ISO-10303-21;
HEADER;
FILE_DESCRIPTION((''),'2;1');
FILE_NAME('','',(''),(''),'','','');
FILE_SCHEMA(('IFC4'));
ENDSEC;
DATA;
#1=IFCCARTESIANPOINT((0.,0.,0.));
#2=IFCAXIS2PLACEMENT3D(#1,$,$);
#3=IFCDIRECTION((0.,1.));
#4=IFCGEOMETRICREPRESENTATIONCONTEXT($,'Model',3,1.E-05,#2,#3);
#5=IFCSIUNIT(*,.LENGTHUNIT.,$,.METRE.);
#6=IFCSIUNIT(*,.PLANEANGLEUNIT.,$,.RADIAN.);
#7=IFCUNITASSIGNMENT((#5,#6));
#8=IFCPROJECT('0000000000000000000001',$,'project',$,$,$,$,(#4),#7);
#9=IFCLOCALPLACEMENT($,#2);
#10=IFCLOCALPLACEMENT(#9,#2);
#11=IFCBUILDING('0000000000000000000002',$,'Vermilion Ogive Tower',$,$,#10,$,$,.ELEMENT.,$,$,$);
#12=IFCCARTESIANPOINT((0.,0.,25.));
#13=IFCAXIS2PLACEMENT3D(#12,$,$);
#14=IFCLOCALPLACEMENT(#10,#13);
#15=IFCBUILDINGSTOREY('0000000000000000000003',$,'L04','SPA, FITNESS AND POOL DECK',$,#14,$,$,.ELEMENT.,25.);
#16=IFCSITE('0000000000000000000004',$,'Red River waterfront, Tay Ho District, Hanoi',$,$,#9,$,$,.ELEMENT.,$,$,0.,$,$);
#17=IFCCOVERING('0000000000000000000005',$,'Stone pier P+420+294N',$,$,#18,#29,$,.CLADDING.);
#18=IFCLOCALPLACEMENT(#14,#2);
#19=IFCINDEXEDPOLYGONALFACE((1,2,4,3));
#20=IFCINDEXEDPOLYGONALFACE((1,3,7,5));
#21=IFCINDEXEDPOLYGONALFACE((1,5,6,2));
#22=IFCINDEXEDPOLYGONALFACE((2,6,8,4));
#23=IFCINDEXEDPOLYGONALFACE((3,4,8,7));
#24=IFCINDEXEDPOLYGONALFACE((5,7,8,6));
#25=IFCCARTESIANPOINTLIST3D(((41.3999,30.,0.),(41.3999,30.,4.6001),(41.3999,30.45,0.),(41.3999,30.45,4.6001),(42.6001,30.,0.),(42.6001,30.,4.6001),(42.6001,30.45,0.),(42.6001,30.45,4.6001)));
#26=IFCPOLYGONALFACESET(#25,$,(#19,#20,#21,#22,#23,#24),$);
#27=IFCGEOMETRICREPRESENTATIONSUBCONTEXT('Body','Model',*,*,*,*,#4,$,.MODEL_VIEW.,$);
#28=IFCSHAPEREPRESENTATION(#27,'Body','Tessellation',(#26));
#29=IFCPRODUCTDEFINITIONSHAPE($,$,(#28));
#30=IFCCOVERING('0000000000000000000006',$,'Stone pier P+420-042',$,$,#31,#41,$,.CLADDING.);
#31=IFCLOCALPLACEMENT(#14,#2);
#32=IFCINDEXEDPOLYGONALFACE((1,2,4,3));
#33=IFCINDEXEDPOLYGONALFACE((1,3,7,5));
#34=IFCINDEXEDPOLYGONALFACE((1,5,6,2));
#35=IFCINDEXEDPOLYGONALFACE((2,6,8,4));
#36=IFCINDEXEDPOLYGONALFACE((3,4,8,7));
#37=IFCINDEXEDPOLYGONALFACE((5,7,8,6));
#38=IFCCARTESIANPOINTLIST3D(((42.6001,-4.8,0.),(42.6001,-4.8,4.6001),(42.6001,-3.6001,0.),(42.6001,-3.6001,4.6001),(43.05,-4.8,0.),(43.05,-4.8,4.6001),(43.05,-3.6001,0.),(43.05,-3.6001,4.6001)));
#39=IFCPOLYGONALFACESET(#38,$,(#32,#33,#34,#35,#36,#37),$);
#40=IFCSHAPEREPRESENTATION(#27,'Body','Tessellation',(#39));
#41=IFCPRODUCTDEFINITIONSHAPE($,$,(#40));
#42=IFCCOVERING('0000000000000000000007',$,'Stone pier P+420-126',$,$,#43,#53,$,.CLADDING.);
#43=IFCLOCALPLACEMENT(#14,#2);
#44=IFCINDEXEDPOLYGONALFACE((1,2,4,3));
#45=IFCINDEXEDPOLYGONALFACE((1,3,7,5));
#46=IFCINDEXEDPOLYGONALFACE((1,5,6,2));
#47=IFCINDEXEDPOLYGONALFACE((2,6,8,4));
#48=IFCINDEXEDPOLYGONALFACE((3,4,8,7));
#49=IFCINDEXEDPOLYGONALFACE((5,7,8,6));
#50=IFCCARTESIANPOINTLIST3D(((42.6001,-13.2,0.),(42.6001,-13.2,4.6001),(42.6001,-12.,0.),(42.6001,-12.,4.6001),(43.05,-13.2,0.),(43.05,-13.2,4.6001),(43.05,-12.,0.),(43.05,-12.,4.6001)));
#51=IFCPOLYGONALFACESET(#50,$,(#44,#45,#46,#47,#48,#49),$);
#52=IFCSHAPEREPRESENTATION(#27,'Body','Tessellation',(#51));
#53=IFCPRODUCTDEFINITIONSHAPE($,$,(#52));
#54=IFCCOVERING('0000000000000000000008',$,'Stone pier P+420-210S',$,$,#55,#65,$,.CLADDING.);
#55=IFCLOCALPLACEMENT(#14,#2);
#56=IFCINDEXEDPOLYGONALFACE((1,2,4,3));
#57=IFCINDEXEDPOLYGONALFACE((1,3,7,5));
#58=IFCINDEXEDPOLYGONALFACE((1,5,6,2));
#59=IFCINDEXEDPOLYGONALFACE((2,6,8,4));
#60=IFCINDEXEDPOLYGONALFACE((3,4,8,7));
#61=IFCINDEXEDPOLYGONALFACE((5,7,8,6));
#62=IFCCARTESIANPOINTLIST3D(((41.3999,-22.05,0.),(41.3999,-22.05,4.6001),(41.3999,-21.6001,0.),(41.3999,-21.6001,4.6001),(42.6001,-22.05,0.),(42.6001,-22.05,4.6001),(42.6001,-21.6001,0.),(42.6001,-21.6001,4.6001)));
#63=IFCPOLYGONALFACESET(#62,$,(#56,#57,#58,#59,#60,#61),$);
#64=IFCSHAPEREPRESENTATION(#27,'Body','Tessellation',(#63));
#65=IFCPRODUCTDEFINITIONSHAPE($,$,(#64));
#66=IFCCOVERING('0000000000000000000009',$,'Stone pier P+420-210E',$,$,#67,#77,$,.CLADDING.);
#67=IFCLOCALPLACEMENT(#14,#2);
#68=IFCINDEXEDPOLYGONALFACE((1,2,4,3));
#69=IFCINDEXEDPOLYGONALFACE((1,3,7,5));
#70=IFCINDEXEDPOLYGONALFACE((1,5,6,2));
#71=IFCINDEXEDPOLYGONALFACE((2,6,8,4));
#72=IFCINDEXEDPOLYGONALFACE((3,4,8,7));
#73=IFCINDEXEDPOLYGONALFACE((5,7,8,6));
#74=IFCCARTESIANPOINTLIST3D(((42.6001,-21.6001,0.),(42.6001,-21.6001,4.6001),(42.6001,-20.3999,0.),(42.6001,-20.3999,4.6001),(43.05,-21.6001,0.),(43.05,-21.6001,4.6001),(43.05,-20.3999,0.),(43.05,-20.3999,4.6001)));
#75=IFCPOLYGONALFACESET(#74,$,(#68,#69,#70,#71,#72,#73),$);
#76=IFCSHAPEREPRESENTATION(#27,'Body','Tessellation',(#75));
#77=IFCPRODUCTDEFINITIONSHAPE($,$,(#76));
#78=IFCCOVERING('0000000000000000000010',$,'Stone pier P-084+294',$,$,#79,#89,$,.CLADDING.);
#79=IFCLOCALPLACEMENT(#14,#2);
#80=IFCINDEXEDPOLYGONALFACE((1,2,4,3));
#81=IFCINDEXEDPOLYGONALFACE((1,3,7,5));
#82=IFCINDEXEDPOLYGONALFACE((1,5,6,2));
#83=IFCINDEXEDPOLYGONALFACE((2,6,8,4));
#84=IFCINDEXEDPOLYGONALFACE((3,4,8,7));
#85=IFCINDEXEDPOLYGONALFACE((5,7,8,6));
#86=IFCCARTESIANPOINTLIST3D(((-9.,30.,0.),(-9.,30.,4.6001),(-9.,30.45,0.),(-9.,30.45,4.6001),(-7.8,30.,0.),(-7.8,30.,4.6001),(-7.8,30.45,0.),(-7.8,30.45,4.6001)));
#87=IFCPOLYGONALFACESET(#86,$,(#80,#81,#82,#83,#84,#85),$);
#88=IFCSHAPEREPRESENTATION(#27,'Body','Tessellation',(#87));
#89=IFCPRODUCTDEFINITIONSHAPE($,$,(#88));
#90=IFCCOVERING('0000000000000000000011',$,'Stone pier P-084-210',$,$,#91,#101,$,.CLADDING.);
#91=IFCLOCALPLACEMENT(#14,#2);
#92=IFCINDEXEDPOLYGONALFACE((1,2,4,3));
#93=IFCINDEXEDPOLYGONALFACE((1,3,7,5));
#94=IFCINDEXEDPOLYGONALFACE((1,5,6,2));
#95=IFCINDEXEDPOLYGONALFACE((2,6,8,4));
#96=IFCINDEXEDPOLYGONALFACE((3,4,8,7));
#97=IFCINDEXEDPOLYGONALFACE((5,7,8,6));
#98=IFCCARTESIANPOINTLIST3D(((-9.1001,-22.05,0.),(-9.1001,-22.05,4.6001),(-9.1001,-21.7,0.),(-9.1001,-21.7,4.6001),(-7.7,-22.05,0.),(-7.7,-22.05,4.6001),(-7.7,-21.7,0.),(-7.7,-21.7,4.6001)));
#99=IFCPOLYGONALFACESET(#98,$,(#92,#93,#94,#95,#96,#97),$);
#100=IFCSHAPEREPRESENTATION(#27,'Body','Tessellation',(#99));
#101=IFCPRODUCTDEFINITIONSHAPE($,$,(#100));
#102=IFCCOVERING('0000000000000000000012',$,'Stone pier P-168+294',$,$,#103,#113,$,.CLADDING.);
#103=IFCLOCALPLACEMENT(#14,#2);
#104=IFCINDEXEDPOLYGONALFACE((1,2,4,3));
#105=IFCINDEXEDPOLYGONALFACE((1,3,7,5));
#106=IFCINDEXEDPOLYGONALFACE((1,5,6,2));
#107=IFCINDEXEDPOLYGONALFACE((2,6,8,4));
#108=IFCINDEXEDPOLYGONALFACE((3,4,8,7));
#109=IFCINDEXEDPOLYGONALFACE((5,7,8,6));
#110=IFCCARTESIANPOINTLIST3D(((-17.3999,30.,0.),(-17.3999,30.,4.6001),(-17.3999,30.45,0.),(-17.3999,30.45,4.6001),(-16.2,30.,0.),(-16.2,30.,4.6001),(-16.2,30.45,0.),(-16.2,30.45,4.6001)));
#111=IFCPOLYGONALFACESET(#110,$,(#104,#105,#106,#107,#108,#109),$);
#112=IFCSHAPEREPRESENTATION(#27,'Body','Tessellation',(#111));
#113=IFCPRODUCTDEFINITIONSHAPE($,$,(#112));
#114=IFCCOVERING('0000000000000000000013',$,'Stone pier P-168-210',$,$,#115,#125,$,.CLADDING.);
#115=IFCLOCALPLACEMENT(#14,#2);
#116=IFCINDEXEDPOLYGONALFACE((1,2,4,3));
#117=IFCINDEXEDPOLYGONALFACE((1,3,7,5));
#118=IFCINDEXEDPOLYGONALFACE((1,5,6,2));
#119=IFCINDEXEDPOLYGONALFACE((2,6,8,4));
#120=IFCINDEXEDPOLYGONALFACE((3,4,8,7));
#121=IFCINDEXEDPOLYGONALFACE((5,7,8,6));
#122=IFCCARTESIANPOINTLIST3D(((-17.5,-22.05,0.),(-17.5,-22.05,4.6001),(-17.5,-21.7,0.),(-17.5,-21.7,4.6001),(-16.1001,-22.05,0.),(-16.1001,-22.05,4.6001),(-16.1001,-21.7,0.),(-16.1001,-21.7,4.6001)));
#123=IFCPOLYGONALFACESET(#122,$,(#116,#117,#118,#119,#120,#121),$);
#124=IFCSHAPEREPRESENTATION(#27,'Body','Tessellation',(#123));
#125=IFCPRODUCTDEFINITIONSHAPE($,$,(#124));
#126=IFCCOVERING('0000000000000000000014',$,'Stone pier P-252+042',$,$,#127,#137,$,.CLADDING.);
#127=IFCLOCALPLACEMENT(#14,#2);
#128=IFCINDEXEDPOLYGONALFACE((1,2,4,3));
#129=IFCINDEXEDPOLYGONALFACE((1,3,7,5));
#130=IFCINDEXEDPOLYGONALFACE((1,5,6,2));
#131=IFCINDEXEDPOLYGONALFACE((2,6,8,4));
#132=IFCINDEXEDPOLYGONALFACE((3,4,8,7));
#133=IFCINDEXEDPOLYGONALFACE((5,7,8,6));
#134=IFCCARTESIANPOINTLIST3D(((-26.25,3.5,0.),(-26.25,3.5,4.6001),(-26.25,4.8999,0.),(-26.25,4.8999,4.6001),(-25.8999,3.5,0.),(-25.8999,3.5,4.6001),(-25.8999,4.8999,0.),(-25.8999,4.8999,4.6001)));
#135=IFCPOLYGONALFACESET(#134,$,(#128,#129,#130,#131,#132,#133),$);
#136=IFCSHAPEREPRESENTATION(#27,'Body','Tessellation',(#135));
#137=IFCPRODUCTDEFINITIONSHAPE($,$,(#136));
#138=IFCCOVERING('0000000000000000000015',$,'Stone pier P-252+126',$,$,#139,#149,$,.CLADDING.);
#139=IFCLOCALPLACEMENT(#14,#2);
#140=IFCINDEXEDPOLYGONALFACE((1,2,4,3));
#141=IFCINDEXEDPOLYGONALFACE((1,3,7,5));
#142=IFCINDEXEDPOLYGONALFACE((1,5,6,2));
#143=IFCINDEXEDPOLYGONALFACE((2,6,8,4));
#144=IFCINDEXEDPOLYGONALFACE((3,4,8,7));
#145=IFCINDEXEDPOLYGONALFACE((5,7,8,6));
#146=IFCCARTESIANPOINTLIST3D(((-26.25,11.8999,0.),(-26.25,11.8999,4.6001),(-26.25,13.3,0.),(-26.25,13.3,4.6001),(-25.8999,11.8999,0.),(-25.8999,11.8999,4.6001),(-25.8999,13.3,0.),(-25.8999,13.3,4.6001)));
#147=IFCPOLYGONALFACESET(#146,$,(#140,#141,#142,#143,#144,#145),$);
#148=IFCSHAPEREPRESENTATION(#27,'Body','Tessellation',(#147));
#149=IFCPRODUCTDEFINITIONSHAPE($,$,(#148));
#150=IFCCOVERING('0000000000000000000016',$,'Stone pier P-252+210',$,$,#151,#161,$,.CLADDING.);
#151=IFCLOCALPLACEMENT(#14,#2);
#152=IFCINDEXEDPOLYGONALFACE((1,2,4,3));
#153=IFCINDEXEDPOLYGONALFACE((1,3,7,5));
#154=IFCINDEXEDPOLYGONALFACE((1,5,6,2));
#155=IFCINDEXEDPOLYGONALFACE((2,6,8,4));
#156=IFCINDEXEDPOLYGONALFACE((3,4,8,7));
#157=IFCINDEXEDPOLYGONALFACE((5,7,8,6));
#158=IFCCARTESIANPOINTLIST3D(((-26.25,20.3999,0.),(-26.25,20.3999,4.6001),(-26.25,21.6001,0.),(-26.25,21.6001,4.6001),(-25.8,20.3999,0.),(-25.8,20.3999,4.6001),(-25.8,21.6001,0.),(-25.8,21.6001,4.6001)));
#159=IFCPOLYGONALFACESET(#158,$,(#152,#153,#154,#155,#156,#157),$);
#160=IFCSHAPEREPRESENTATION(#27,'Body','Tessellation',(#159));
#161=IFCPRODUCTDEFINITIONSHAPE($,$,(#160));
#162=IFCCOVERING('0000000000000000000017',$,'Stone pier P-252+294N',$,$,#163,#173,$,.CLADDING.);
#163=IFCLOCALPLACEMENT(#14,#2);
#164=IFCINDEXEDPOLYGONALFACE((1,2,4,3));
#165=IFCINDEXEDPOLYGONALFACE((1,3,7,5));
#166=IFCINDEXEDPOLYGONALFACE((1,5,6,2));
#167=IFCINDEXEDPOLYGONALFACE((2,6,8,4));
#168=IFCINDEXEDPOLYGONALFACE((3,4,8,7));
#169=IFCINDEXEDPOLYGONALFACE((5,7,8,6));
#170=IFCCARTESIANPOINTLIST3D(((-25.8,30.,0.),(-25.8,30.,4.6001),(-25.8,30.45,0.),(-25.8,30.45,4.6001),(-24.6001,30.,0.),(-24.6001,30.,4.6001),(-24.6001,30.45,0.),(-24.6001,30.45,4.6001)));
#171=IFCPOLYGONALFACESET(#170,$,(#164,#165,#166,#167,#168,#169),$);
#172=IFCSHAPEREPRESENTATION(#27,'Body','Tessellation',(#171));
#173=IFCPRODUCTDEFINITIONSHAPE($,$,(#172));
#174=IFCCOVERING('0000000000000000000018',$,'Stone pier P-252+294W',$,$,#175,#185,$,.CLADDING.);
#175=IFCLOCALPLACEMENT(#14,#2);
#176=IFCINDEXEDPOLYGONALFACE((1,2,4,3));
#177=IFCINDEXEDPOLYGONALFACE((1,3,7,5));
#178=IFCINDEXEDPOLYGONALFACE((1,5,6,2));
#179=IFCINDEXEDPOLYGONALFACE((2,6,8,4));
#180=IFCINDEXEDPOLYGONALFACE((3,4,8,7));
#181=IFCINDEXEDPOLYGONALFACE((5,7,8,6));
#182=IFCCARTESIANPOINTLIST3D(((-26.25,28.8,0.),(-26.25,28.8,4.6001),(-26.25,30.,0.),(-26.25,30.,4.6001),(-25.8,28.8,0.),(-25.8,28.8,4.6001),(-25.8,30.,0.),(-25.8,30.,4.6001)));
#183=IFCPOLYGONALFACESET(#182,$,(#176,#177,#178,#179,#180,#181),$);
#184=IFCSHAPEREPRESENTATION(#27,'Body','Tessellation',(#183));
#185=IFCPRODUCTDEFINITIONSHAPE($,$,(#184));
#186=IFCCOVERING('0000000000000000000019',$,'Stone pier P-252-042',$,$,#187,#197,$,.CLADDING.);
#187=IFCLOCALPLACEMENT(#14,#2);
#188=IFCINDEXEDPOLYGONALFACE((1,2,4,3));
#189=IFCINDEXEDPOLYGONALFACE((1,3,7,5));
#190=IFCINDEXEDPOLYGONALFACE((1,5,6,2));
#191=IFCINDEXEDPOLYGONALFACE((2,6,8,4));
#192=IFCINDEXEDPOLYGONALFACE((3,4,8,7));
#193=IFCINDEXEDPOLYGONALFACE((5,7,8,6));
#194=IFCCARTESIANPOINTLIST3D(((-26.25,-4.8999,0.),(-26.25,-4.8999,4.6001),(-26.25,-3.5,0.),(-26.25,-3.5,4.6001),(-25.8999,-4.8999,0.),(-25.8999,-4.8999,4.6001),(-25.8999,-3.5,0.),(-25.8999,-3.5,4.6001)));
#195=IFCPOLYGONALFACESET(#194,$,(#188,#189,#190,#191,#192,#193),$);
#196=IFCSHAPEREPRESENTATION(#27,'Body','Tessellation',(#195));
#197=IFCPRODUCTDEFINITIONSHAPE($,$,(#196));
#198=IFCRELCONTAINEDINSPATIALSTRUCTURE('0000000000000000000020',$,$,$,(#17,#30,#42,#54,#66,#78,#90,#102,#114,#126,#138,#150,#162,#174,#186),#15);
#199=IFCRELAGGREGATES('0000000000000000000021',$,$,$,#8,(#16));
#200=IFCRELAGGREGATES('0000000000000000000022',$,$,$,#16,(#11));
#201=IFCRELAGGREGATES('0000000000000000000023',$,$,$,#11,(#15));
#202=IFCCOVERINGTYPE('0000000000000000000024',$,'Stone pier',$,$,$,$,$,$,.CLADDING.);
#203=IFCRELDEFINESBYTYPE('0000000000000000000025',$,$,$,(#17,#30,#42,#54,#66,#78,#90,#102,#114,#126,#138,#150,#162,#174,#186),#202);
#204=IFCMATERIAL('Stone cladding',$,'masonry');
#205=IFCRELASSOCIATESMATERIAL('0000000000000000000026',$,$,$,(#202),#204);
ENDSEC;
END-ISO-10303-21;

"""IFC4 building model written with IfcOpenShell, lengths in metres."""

from ifc_helpers import new_model, si_unit, direction, frame, origin, place, context, subcontext, project, spatial, polyline, outline, extrude, material, type_object, element, save


model = new_model("IFC4")

# Units and contexts
model_context = context("Model", 3, precision=1e-05, world=origin(), true_north=direction((0.0, 1.0)))
body_context = subcontext(model_context, "Body", "Model", "MODEL_VIEW")
ifc_project = project(units=[si_unit("LENGTHUNIT", "METRE"), si_unit("PLANEANGLEUNIT", "RADIAN")], contexts=[model_context])

# Site, building, storey
site_placement = place(None, origin())
site = spatial("IfcSite", under=ifc_project, at=site_placement, Name="Red River waterfront, Tay Ho District, Hanoi", CompositionType="ELEMENT", RefElevation=0.0)
building_placement = place(site_placement, origin())
building = spatial("IfcBuilding", under=site, at=building_placement, Name="Vermilion Ogive Tower", CompositionType="ELEMENT")
storey_placement = place(building_placement, frame((0.0, 0.0, 25.0)))
storey = spatial("IfcBuildingStorey", under=building, at=storey_placement, Name="L04", Description="SPA, FITNESS AND POOL DECK", CompositionType="ELEMENT", Elevation=25.0)

# Coverings
ifc_material_1 = material(Name="Stone cladding", Category="masonry")
covering_type = type_object("IfcCoveringType", Name="Stone pier", PredefinedType="CLADDING", material=ifc_material_1)
covering_1_placement = place(storey_placement, origin())
element("IfcCovering", 1, at=covering_1_placement, inside=storey, type_object=covering_type, Name="Stone pier P+420+294N", PredefinedType="CLADDING", context=body_context, shape_type="SweptSolid", body=[
    extrude(outline(polyline([(42.6001, 30.45), (42.6001, 30.0), (41.3999, 30.0), (41.3999, 30.45), (42.6001, 30.45)])), origin(), (0.0, 0.0, 1.0), 4.6001),
])
covering_2_placement = place(storey_placement, origin())
element("IfcCovering", 2, at=covering_2_placement, inside=storey, type_object=covering_type, Name="Stone pier P+420-042", PredefinedType="CLADDING", context=body_context, shape_type="SweptSolid", body=[
    extrude(outline(polyline([(42.6001, -3.6001), (42.6001, -3.6001), (43.05, -3.6001), (43.05, -4.8), (42.6001, -4.8), (42.6001, -4.8), (42.6001, -3.6001)])), origin(), (0.0, 0.0, 1.0), 4.6001),
])
covering_3_placement = place(storey_placement, origin())
element("IfcCovering", 3, at=covering_3_placement, inside=storey, type_object=covering_type, Name="Stone pier P+420-126", PredefinedType="CLADDING", context=body_context, shape_type="SweptSolid", body=[
    extrude(outline(polyline([(43.05, -12.0), (43.05, -13.2), (42.6001, -13.2), (42.6001, -12.0), (43.05, -12.0)])), origin(), (0.0, 0.0, 1.0), 4.6001),
])
covering_4_placement = place(storey_placement, origin())
element("IfcCovering", 4, at=covering_4_placement, inside=storey, type_object=covering_type, Name="Stone pier P+420-210S", PredefinedType="CLADDING", context=body_context, shape_type="SweptSolid", body=[
    extrude(outline(polyline([(42.6001, -22.05), (41.3999, -22.05), (41.3999, -21.6001), (42.6001, -21.6001), (42.6001, -22.05)])), origin(), (0.0, 0.0, 1.0), 4.6001),
])
covering_5_placement = place(storey_placement, origin())
element("IfcCovering", 5, at=covering_5_placement, inside=storey, type_object=covering_type, Name="Stone pier P+420-210E", PredefinedType="CLADDING", context=body_context, shape_type="SweptSolid", body=[
    extrude(outline(polyline([(43.05, -21.6001), (42.6001, -21.6001), (42.6001, -20.3999), (43.05, -20.3999), (43.05, -21.6001)])), origin(), (0.0, 0.0, 1.0), 4.6001),
])
covering_6_placement = place(storey_placement, origin())
element("IfcCovering", 6, at=covering_6_placement, inside=storey, type_object=covering_type, Name="Stone pier P-084+294", PredefinedType="CLADDING", context=body_context, shape_type="SweptSolid", body=[
    extrude(outline(polyline([(-9.0, 30.0), (-9.0, 30.45), (-7.8, 30.45), (-7.8, 30.0), (-7.8, 30.0), (-9.0, 30.0)])), origin(), (0.0, 0.0, 1.0), 4.6001),
])
covering_7_placement = place(storey_placement, origin())
element("IfcCovering", 7, at=covering_7_placement, inside=storey, type_object=covering_type, Name="Stone pier P-084-210", PredefinedType="CLADDING", context=body_context, shape_type="SweptSolid", body=[
    extrude(outline(polyline([(-7.7, -21.7), (-7.7, -22.05), (-9.1001, -22.05), (-9.1001, -21.7), (-9.1001, -21.7), (-7.7, -21.7)])), origin(), (0.0, 0.0, 1.0), 4.6001),
])
covering_8_placement = place(storey_placement, origin())
element("IfcCovering", 8, at=covering_8_placement, inside=storey, type_object=covering_type, Name="Stone pier P-168+294", PredefinedType="CLADDING", context=body_context, shape_type="SweptSolid", body=[
    extrude(outline(polyline([(-17.3999, 30.0), (-17.3999, 30.45), (-16.2, 30.45), (-16.2, 30.0), (-16.2, 30.0), (-17.3999, 30.0)])), origin(), (0.0, 0.0, 1.0), 4.6001),
])
covering_9_placement = place(storey_placement, origin())
element("IfcCovering", 9, at=covering_9_placement, inside=storey, type_object=covering_type, Name="Stone pier P-168-210", PredefinedType="CLADDING", context=body_context, shape_type="SweptSolid", body=[
    extrude(outline(polyline([(-16.1001, -22.05), (-17.5, -22.05), (-17.5, -21.7), (-16.1001, -21.7), (-16.1001, -22.05)])), origin(), (0.0, 0.0, 1.0), 4.6001),
])
covering_10_placement = place(storey_placement, origin())
element("IfcCovering", 10, at=covering_10_placement, inside=storey, type_object=covering_type, Name="Stone pier P-252+042", PredefinedType="CLADDING", context=body_context, shape_type="SweptSolid", body=[
    extrude(outline(polyline([(-26.25, 3.5), (-26.25, 4.8999), (-25.8999, 4.8999), (-25.8999, 3.5), (-26.25, 3.5)])), origin(), (0.0, 0.0, 1.0), 4.6001),
])
covering_11_placement = place(storey_placement, origin())
element("IfcCovering", 11, at=covering_11_placement, inside=storey, type_object=covering_type, Name="Stone pier P-252+126", PredefinedType="CLADDING", context=body_context, shape_type="SweptSolid", body=[
    extrude(outline(polyline([(-25.8999, 11.8999), (-26.25, 11.8999), (-26.25, 13.3), (-25.8999, 13.3), (-25.8999, 13.3), (-25.8999, 11.8999)])), origin(), (0.0, 0.0, 1.0), 4.6001),
])
covering_12_placement = place(storey_placement, origin())
element("IfcCovering", 12, at=covering_12_placement, inside=storey, type_object=covering_type, Name="Stone pier P-252+210", PredefinedType="CLADDING", context=body_context, shape_type="SweptSolid", body=[
    extrude(outline(polyline([(-26.25, 20.3999), (-26.25, 21.6001), (-25.8, 21.6001), (-25.8, 20.3999), (-26.25, 20.3999)])), origin(), (0.0, 0.0, 1.0), 4.6001),
])
covering_13_placement = place(storey_placement, origin())
element("IfcCovering", 13, at=covering_13_placement, inside=storey, type_object=covering_type, Name="Stone pier P-252+294N", PredefinedType="CLADDING", context=body_context, shape_type="SweptSolid", body=[
    extrude(outline(polyline([(-25.8, 30.45), (-24.6001, 30.45), (-24.6001, 30.0), (-25.8, 30.0), (-25.8, 30.45)])), origin(), (0.0, 0.0, 1.0), 4.6001),
])
covering_14_placement = place(storey_placement, origin())
element("IfcCovering", 14, at=covering_14_placement, inside=storey, type_object=covering_type, Name="Stone pier P-252+294W", PredefinedType="CLADDING", context=body_context, shape_type="SweptSolid", body=[
    extrude(outline(polyline([(-26.25, 30.0), (-25.8, 30.0), (-25.8, 28.8), (-26.25, 28.8), (-26.25, 30.0)])), origin(), (0.0, 0.0, 1.0), 4.6001),
])
covering_15_placement = place(storey_placement, origin())
element("IfcCovering", 15, at=covering_15_placement, inside=storey, type_object=covering_type, Name="Stone pier P-252-042", PredefinedType="CLADDING", context=body_context, shape_type="SweptSolid", body=[
    extrude(outline(polyline([(-25.8999, -4.8999), (-26.25, -4.8999), (-26.25, -3.5), (-25.8999, -3.5), (-25.8999, -4.8999), (-25.8999, -4.8999)])), origin(), (0.0, 0.0, 1.0), 4.6001),
])

save(model, "model.ifc")
